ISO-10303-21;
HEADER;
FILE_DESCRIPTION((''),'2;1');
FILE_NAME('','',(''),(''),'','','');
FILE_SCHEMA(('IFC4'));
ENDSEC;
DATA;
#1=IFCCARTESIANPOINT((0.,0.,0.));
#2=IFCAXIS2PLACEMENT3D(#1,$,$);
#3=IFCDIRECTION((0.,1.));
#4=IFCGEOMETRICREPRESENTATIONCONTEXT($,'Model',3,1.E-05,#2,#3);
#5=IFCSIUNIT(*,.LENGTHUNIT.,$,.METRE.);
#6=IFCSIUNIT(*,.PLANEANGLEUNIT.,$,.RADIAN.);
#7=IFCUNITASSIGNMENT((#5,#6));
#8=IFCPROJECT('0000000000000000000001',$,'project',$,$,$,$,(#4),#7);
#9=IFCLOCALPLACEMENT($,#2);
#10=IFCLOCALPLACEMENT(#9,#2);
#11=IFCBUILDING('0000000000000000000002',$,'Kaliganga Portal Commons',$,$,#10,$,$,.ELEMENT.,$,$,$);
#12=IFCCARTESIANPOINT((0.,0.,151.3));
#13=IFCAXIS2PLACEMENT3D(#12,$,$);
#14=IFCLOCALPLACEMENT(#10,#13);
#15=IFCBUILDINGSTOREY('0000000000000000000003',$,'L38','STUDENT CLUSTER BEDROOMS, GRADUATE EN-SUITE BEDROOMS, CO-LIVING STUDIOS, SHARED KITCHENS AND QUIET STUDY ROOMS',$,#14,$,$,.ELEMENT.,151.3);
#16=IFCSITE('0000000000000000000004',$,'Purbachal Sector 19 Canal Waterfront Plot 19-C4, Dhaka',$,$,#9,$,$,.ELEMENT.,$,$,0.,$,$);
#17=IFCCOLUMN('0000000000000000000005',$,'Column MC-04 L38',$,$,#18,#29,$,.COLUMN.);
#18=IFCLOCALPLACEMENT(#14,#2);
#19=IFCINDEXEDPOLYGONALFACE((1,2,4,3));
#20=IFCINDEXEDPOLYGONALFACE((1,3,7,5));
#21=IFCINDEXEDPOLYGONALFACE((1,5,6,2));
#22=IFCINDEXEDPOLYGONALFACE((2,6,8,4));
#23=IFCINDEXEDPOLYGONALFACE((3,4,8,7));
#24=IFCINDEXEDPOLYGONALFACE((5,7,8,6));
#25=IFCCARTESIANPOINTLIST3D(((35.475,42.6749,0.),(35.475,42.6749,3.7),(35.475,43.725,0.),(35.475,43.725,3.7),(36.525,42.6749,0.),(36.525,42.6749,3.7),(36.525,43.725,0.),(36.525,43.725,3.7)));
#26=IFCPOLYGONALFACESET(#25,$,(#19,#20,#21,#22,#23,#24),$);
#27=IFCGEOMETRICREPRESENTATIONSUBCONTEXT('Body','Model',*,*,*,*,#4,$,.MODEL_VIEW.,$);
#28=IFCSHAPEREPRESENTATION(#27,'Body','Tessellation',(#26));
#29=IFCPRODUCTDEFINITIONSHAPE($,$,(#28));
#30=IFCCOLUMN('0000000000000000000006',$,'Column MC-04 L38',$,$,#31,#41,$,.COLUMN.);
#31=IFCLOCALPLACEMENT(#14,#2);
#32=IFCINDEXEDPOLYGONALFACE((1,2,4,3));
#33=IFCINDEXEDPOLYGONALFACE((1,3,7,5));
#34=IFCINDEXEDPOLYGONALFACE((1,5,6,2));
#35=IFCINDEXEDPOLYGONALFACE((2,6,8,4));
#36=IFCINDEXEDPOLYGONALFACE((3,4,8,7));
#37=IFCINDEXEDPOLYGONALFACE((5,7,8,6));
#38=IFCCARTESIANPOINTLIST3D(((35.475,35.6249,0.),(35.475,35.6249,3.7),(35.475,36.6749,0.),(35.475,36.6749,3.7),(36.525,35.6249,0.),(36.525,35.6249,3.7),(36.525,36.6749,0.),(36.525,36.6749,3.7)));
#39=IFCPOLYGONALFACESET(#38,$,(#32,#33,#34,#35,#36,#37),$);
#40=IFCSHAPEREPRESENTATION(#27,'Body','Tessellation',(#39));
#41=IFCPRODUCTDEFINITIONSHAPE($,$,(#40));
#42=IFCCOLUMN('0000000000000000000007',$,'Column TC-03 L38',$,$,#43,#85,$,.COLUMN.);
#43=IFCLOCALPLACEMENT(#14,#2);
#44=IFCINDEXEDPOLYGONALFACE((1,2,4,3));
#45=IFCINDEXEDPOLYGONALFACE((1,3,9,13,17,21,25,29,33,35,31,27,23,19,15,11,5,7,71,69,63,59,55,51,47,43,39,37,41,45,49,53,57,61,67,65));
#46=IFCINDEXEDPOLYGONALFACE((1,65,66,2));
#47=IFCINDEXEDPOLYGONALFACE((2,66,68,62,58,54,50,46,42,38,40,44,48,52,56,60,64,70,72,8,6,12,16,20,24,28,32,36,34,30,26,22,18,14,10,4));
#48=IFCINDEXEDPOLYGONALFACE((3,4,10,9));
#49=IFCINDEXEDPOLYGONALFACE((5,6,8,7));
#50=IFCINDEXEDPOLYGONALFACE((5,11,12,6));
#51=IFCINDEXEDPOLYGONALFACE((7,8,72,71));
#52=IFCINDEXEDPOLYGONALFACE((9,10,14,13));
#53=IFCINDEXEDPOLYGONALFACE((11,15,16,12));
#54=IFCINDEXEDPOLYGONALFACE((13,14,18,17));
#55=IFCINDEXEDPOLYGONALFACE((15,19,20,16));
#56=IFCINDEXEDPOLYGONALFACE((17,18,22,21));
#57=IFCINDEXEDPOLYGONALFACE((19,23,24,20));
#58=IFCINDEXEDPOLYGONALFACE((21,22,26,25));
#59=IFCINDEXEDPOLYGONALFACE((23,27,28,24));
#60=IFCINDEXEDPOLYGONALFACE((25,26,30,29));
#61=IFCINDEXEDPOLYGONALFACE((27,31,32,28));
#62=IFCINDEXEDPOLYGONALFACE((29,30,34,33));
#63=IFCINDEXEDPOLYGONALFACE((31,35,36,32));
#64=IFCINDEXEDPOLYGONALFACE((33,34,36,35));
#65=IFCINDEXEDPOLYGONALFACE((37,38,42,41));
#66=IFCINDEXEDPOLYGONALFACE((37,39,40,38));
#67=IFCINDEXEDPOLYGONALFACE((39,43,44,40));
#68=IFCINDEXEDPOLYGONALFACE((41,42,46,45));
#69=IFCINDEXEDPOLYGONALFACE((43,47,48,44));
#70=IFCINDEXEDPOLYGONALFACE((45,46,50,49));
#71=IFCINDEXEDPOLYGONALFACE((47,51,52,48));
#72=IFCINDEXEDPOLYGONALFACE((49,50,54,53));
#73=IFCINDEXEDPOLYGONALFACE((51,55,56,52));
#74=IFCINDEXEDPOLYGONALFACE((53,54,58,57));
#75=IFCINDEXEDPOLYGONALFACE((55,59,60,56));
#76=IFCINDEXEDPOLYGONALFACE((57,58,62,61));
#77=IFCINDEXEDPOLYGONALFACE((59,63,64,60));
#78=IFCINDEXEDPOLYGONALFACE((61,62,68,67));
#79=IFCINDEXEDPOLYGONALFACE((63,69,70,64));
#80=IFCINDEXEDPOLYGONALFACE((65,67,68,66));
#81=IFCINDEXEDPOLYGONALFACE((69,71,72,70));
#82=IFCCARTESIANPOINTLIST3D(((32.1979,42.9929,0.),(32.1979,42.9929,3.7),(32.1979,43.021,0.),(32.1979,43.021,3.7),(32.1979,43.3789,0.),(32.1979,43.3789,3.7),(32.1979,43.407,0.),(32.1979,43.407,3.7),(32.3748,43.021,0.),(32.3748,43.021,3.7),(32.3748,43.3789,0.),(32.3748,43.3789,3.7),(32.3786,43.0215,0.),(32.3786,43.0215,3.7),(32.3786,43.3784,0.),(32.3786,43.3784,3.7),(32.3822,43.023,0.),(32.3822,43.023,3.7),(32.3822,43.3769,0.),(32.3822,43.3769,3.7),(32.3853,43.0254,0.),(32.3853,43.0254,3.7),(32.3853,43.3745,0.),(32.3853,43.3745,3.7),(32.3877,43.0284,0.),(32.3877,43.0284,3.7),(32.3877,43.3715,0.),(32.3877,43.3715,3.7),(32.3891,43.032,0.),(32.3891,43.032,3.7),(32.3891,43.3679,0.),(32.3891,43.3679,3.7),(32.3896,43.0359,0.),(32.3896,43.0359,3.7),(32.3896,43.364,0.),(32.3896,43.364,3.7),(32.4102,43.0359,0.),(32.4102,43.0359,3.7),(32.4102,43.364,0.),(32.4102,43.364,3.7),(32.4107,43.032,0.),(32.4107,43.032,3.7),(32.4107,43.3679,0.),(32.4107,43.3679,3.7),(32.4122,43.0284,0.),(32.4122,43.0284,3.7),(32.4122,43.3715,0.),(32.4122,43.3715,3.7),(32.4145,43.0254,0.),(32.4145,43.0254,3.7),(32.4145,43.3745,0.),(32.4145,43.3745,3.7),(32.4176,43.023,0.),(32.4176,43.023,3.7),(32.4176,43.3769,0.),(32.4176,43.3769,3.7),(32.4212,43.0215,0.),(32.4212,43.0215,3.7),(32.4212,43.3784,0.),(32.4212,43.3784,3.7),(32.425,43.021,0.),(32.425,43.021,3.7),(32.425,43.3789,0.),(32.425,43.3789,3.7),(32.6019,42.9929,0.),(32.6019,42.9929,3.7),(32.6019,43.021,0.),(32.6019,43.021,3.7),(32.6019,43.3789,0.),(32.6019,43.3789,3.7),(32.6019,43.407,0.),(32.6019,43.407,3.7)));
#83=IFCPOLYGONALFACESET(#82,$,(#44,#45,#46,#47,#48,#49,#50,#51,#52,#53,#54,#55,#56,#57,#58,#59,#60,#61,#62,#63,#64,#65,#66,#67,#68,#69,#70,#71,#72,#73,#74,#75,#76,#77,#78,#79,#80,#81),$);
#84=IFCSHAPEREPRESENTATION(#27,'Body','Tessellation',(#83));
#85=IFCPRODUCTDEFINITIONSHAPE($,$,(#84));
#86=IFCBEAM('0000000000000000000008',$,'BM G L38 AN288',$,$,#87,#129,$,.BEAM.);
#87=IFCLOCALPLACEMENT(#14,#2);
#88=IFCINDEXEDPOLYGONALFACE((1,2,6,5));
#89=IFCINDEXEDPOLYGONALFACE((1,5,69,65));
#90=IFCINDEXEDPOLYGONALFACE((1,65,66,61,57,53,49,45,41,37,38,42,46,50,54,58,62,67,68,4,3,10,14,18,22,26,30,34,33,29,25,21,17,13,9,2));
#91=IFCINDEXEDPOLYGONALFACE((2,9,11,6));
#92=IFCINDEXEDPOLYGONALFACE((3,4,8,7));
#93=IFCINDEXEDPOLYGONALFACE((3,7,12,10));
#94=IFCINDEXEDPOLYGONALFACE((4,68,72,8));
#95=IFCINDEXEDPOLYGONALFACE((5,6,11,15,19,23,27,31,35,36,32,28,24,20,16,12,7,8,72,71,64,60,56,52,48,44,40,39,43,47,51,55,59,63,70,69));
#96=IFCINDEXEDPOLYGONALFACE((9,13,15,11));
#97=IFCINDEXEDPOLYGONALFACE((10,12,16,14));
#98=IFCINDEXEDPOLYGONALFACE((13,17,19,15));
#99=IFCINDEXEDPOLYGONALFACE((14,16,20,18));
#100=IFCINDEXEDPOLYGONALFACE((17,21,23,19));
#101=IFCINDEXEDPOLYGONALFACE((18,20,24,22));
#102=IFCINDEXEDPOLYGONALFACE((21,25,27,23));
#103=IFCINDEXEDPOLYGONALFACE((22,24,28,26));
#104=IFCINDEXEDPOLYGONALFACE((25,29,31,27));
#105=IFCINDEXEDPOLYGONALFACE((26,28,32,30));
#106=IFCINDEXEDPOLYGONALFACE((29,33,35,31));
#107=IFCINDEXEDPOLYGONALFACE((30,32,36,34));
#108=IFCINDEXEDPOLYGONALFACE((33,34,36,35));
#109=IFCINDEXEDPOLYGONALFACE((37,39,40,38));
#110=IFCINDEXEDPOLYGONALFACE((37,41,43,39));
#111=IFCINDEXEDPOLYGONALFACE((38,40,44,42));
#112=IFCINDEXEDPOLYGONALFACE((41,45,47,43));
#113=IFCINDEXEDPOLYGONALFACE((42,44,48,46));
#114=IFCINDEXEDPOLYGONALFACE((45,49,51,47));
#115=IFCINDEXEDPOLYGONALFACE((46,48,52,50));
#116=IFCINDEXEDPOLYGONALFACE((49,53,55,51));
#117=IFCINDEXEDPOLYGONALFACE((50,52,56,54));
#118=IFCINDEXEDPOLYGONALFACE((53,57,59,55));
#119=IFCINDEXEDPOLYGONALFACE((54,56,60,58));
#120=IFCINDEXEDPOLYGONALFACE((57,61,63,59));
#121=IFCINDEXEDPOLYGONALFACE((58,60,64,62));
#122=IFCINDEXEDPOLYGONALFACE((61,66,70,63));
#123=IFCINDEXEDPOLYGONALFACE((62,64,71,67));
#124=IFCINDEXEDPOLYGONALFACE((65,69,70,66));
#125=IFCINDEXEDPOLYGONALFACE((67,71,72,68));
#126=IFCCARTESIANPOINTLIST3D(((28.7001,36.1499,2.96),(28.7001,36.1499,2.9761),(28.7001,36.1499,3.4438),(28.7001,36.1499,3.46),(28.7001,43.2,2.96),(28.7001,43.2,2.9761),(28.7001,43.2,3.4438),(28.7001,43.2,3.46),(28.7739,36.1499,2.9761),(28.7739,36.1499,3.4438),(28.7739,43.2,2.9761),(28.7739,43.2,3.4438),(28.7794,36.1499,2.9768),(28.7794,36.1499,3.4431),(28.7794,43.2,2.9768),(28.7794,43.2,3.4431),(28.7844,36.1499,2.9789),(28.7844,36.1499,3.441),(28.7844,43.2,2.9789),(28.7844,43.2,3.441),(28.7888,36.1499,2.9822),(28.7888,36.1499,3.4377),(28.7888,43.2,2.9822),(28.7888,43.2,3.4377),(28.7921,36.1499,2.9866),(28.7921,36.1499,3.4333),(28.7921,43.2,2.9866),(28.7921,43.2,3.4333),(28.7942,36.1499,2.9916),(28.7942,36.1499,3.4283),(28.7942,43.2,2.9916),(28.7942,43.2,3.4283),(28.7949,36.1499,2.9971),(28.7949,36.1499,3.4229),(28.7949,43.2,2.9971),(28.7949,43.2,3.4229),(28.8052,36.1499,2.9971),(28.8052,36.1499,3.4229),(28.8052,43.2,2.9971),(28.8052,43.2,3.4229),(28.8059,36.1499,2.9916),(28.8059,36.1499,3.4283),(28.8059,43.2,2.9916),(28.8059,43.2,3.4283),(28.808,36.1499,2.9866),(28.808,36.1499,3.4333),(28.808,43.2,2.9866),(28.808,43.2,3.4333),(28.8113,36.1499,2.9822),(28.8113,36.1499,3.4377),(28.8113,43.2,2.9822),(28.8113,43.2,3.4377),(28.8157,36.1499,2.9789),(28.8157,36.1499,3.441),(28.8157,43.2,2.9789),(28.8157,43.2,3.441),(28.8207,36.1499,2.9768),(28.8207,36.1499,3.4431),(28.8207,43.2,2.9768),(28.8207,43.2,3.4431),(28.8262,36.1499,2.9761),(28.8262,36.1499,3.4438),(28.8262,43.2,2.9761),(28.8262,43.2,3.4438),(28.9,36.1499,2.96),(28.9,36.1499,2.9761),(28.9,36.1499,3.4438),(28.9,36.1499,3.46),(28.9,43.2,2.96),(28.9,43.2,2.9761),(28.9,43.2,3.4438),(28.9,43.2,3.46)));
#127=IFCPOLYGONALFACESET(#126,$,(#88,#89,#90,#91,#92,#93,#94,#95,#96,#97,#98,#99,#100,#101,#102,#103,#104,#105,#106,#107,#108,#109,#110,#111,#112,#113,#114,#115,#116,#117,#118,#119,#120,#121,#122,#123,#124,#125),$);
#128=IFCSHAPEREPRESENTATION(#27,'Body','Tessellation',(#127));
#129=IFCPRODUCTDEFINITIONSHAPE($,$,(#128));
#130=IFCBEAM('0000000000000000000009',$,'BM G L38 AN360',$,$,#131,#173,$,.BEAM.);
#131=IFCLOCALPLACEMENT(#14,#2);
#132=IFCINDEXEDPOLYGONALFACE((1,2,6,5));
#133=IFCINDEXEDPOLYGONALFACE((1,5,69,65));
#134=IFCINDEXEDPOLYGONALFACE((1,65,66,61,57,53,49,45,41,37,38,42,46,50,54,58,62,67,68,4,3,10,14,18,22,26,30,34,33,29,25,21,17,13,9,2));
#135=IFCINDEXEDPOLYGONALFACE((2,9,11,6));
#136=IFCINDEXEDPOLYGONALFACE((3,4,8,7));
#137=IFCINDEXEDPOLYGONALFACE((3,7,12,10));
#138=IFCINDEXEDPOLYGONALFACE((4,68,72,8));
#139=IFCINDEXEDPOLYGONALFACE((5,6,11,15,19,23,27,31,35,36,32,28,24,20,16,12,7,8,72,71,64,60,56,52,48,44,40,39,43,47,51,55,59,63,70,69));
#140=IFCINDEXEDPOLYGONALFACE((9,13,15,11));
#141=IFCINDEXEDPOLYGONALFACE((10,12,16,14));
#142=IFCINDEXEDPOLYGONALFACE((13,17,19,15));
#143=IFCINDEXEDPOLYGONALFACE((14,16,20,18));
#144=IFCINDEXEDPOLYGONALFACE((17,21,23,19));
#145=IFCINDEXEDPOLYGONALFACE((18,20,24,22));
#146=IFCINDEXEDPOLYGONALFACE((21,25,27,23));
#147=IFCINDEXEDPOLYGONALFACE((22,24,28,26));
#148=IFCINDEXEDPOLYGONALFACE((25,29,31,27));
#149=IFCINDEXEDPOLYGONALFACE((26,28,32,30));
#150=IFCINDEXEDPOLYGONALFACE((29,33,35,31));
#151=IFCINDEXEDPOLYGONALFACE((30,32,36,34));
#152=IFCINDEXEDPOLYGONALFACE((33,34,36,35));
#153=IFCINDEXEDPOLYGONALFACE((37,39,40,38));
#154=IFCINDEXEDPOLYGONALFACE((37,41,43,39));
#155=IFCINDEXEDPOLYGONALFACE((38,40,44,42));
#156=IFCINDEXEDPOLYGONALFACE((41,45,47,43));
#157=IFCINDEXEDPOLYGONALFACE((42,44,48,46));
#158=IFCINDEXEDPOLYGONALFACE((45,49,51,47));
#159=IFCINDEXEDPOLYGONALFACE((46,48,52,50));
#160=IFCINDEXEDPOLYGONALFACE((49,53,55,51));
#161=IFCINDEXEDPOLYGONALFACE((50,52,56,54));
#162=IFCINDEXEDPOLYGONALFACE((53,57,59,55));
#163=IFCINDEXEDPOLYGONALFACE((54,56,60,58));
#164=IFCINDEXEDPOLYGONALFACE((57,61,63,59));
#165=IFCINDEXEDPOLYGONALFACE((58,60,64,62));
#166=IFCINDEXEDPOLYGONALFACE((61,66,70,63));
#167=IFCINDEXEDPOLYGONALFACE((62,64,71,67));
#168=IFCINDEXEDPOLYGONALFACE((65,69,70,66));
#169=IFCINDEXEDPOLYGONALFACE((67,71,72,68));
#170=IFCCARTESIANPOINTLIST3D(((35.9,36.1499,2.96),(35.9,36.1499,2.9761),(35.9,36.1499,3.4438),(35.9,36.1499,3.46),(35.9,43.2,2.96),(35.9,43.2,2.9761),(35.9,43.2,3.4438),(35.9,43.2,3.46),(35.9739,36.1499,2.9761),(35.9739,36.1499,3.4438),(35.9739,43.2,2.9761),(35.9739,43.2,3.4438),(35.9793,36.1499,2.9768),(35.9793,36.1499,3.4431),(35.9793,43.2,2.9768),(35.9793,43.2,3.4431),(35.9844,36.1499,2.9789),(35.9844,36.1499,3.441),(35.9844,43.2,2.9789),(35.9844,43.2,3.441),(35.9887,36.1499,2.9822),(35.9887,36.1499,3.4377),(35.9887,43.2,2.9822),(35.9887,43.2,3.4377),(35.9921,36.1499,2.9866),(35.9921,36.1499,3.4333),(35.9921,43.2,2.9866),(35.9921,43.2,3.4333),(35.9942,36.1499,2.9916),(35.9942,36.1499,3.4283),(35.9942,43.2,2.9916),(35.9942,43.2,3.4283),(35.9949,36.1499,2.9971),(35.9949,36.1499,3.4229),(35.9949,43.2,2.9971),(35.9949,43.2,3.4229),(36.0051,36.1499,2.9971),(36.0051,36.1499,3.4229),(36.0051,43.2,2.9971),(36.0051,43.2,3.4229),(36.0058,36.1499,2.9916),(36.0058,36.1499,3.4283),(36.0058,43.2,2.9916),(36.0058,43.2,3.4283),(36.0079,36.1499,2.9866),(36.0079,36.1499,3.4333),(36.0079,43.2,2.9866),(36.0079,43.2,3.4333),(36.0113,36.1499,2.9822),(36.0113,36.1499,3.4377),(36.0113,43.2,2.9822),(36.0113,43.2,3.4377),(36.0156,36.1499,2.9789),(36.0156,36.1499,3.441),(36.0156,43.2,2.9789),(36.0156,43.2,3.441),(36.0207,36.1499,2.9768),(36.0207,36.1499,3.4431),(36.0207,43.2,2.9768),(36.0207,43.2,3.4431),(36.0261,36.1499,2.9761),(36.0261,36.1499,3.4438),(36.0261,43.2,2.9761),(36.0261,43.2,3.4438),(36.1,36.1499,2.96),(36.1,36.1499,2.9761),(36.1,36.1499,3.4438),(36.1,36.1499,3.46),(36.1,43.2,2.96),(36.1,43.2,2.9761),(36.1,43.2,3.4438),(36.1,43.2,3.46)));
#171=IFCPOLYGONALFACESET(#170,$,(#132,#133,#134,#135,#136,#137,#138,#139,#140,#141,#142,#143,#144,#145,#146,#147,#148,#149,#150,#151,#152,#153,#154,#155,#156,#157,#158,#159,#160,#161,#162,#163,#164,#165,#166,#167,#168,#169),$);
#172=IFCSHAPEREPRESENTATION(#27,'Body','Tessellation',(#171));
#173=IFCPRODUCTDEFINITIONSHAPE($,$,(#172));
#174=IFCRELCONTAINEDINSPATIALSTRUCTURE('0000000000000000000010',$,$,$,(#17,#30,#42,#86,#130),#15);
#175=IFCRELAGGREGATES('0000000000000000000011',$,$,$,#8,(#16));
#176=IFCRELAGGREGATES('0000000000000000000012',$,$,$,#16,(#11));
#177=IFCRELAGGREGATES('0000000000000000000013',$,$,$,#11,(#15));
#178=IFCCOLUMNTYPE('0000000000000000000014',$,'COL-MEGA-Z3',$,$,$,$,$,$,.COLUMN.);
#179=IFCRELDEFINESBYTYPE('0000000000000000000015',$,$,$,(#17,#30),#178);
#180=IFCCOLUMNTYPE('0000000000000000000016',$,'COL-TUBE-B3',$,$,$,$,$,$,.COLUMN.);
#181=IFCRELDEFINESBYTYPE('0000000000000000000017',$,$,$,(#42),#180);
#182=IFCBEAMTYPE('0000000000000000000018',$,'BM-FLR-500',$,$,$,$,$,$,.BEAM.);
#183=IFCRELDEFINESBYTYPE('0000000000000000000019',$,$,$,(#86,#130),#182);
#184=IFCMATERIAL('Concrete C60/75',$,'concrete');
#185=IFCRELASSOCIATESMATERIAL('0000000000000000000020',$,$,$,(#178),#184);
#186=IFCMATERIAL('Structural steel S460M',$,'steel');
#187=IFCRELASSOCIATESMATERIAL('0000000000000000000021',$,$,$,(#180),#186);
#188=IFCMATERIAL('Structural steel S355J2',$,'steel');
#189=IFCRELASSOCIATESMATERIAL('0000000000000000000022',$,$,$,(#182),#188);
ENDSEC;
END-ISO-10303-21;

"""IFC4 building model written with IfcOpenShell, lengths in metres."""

from ifc_helpers import new_model, si_unit, direction, frame, origin, origin_2d, place, context, subcontext, project, spatial, rectangle, i_section, extrude, source, transform, mapped, material, material_profile, profile_set, type_object, element, save


model = new_model("IFC4")

# Units and contexts
model_context = context("Model", 3, precision=1e-05, world=origin(), true_north=direction((0.0, 1.0)))
body_context = subcontext(model_context, "Body", "Model", "MODEL_VIEW")
ifc_project = project(units=[si_unit("LENGTHUNIT", "METRE"), si_unit("PLANEANGLEUNIT", "RADIAN")], contexts=[model_context])

# Site, building, storey
site_placement = place(None, origin())
site = spatial("IfcSite", under=ifc_project, at=site_placement, Name="Purbachal Sector 19 Canal Waterfront Plot 19-C4, Dhaka", CompositionType="ELEMENT", RefElevation=0.0)
building_placement = place(site_placement, origin())
building = spatial("IfcBuilding", under=site, at=building_placement, Name="Kaliganga Portal Commons", CompositionType="ELEMENT")
storey_placement = place(building_placement, frame((0.0, 0.0, 151.3)))
storey = spatial("IfcBuildingStorey", under=building, at=storey_placement, Name="L38", Description="STUDENT CLUSTER BEDROOMS, GRADUATE EN-SUITE BEDROOMS, CO-LIVING STUDIOS, SHARED KITCHENS AND QUIET STUDY ROOMS", CompositionType="ELEMENT", Elevation=151.3)

# Columns
ifc_material_1 = material(Name="Concrete C60/75", Category="concrete")
ifc_material_profile_1 = material_profile(ifc_material_1, rectangle(XDim=1.05, YDim=1.05, at=origin_2d()), Name="RC 1050x1050")
ifc_profile_set_1 = profile_set([ifc_material_profile_1], Name="Concrete C60/75")
column_type_1 = type_object("IfcColumnType", Name="COL-MEGA-Z3", PredefinedType="COLUMN", material=ifc_profile_set_1)
shared_shape_1 = source(origin(), body_context, "Body", "SweptSolid", [
    extrude(rectangle(XDim=1.05, YDim=1.05, at=origin_2d()), origin(), (0.0, 0.0, 1.0), 3.7),
])
for number, where, z_axis, x_axis, name in (
    (1, (36.0, 43.2, 0.0), (0.0, 0.0, 1.0), (1.0, 0.0, 0.0), "Column MC-04 L38"),
    (2, (36.0, 36.1499, 0.0), (0.0, 0.0, 1.0), (1.0, 0.0, 0.0), "Column MC-04 L38"),
):
    element("IfcColumn", number, at=place(storey_placement, frame(where, z_axis=z_axis, x_axis=x_axis)), inside=storey, type_object=column_type_1, Name=name, PredefinedType="COLUMN", context=body_context, shape_type="MappedRepresentation", body=[
        mapped(shared_shape_1, transform((0.0, 0.0, 0.0), x_axis=(1.0, 0.0, 0.0), y_axis=(0.0, 1.0, 0.0), z_axis=(0.0, 0.0, 1.0), scale=1.0)),
    ])
ifc_material_2 = material(Name="Structural steel S460M", Category="steel")
ifc_material_profile_2 = material_profile(ifc_material_2, i_section(OverallWidth=0.4041, OverallDepth=0.4141, WebThickness=0.0205, FlangeThickness=0.0281, FilletRadius=0.0149, at=origin_2d()), Name="HD 400x347")
ifc_profile_set_2 = profile_set([ifc_material_profile_2], Name="Structural steel S460M wide-flange")
column_type_2 = type_object("IfcColumnType", Name="COL-TUBE-B3", PredefinedType="COLUMN", material=ifc_profile_set_2)
shared_shape_2 = source(origin(), body_context, "Body", "SweptSolid", [
    extrude(i_section(OverallWidth=0.4041, OverallDepth=0.4141, WebThickness=0.0205, FlangeThickness=0.0281, FilletRadius=0.0149, at=origin_2d()), origin(), (0.0, 0.0, 1.0), 3.7),
])
column_placement = place(storey_placement, frame((32.3999, 43.2, 0.0), z_axis=(0.0, 0.0, 1.0), x_axis=(1.0, 0.0, 0.0)))
element("IfcColumn", 3, at=column_placement, inside=storey, type_object=column_type_2, Name="Column TC-03 L38", PredefinedType="COLUMN", context=body_context, shape_type="MappedRepresentation", body=[
    mapped(shared_shape_2, transform((0.0, 0.0, 0.0), x_axis=(1.0, 0.0, 0.0), y_axis=(0.0, 1.0, 0.0), z_axis=(0.0, 0.0, 1.0), scale=1.0)),
])

# Beams
ifc_material_3 = material(Name="Structural steel S355J2", Category="steel")
ifc_material_profile_3 = material_profile(ifc_material_3, i_section(OverallWidth=0.2, OverallDepth=0.5, WebThickness=0.0103, FlangeThickness=0.0161, FilletRadius=0.021, at=origin_2d()), Name="IPE 500")
ifc_profile_set_3 = profile_set([ifc_material_profile_3], Name="Structural steel S355J2 wide-flange")
beam_type_1 = type_object("IfcBeamType", Name="BM-FLR-500", PredefinedType="BEAM", material=ifc_profile_set_3)
shared_shape_3 = source(origin(), body_context, "Body", "SweptSolid", [
    extrude(i_section(OverallWidth=0.2, OverallDepth=0.5, WebThickness=0.0103, FlangeThickness=0.0161, FilletRadius=0.021, at=origin_2d()), origin(), (0.0, 0.0, 1.0), 7.05),
])
for number, where, z_axis, x_axis, name in (
    (4, (28.8, 36.1499, 3.21), (0.0, 1.0, 0.0), (-1.0, 0.0, 0.0), "BM G L38 AN288"),
    (5, (36.0, 36.1499, 3.21), (0.0, 1.0, 0.0), (-1.0, 0.0, 0.0), "BM G L38 AN360"),
):
    element("IfcBeam", number, at=place(storey_placement, frame(where, z_axis=z_axis, x_axis=x_axis)), inside=storey, type_object=beam_type_1, Name=name, PredefinedType="BEAM", context=body_context, shape_type="MappedRepresentation", body=[
        mapped(shared_shape_3, transform((0.0, 0.0, 0.0), x_axis=(1.0, 0.0, 0.0), y_axis=(0.0, 1.0, 0.0), z_axis=(0.0, 0.0, 1.0), scale=1.0)),
    ])

save(model, "model.ifc")
